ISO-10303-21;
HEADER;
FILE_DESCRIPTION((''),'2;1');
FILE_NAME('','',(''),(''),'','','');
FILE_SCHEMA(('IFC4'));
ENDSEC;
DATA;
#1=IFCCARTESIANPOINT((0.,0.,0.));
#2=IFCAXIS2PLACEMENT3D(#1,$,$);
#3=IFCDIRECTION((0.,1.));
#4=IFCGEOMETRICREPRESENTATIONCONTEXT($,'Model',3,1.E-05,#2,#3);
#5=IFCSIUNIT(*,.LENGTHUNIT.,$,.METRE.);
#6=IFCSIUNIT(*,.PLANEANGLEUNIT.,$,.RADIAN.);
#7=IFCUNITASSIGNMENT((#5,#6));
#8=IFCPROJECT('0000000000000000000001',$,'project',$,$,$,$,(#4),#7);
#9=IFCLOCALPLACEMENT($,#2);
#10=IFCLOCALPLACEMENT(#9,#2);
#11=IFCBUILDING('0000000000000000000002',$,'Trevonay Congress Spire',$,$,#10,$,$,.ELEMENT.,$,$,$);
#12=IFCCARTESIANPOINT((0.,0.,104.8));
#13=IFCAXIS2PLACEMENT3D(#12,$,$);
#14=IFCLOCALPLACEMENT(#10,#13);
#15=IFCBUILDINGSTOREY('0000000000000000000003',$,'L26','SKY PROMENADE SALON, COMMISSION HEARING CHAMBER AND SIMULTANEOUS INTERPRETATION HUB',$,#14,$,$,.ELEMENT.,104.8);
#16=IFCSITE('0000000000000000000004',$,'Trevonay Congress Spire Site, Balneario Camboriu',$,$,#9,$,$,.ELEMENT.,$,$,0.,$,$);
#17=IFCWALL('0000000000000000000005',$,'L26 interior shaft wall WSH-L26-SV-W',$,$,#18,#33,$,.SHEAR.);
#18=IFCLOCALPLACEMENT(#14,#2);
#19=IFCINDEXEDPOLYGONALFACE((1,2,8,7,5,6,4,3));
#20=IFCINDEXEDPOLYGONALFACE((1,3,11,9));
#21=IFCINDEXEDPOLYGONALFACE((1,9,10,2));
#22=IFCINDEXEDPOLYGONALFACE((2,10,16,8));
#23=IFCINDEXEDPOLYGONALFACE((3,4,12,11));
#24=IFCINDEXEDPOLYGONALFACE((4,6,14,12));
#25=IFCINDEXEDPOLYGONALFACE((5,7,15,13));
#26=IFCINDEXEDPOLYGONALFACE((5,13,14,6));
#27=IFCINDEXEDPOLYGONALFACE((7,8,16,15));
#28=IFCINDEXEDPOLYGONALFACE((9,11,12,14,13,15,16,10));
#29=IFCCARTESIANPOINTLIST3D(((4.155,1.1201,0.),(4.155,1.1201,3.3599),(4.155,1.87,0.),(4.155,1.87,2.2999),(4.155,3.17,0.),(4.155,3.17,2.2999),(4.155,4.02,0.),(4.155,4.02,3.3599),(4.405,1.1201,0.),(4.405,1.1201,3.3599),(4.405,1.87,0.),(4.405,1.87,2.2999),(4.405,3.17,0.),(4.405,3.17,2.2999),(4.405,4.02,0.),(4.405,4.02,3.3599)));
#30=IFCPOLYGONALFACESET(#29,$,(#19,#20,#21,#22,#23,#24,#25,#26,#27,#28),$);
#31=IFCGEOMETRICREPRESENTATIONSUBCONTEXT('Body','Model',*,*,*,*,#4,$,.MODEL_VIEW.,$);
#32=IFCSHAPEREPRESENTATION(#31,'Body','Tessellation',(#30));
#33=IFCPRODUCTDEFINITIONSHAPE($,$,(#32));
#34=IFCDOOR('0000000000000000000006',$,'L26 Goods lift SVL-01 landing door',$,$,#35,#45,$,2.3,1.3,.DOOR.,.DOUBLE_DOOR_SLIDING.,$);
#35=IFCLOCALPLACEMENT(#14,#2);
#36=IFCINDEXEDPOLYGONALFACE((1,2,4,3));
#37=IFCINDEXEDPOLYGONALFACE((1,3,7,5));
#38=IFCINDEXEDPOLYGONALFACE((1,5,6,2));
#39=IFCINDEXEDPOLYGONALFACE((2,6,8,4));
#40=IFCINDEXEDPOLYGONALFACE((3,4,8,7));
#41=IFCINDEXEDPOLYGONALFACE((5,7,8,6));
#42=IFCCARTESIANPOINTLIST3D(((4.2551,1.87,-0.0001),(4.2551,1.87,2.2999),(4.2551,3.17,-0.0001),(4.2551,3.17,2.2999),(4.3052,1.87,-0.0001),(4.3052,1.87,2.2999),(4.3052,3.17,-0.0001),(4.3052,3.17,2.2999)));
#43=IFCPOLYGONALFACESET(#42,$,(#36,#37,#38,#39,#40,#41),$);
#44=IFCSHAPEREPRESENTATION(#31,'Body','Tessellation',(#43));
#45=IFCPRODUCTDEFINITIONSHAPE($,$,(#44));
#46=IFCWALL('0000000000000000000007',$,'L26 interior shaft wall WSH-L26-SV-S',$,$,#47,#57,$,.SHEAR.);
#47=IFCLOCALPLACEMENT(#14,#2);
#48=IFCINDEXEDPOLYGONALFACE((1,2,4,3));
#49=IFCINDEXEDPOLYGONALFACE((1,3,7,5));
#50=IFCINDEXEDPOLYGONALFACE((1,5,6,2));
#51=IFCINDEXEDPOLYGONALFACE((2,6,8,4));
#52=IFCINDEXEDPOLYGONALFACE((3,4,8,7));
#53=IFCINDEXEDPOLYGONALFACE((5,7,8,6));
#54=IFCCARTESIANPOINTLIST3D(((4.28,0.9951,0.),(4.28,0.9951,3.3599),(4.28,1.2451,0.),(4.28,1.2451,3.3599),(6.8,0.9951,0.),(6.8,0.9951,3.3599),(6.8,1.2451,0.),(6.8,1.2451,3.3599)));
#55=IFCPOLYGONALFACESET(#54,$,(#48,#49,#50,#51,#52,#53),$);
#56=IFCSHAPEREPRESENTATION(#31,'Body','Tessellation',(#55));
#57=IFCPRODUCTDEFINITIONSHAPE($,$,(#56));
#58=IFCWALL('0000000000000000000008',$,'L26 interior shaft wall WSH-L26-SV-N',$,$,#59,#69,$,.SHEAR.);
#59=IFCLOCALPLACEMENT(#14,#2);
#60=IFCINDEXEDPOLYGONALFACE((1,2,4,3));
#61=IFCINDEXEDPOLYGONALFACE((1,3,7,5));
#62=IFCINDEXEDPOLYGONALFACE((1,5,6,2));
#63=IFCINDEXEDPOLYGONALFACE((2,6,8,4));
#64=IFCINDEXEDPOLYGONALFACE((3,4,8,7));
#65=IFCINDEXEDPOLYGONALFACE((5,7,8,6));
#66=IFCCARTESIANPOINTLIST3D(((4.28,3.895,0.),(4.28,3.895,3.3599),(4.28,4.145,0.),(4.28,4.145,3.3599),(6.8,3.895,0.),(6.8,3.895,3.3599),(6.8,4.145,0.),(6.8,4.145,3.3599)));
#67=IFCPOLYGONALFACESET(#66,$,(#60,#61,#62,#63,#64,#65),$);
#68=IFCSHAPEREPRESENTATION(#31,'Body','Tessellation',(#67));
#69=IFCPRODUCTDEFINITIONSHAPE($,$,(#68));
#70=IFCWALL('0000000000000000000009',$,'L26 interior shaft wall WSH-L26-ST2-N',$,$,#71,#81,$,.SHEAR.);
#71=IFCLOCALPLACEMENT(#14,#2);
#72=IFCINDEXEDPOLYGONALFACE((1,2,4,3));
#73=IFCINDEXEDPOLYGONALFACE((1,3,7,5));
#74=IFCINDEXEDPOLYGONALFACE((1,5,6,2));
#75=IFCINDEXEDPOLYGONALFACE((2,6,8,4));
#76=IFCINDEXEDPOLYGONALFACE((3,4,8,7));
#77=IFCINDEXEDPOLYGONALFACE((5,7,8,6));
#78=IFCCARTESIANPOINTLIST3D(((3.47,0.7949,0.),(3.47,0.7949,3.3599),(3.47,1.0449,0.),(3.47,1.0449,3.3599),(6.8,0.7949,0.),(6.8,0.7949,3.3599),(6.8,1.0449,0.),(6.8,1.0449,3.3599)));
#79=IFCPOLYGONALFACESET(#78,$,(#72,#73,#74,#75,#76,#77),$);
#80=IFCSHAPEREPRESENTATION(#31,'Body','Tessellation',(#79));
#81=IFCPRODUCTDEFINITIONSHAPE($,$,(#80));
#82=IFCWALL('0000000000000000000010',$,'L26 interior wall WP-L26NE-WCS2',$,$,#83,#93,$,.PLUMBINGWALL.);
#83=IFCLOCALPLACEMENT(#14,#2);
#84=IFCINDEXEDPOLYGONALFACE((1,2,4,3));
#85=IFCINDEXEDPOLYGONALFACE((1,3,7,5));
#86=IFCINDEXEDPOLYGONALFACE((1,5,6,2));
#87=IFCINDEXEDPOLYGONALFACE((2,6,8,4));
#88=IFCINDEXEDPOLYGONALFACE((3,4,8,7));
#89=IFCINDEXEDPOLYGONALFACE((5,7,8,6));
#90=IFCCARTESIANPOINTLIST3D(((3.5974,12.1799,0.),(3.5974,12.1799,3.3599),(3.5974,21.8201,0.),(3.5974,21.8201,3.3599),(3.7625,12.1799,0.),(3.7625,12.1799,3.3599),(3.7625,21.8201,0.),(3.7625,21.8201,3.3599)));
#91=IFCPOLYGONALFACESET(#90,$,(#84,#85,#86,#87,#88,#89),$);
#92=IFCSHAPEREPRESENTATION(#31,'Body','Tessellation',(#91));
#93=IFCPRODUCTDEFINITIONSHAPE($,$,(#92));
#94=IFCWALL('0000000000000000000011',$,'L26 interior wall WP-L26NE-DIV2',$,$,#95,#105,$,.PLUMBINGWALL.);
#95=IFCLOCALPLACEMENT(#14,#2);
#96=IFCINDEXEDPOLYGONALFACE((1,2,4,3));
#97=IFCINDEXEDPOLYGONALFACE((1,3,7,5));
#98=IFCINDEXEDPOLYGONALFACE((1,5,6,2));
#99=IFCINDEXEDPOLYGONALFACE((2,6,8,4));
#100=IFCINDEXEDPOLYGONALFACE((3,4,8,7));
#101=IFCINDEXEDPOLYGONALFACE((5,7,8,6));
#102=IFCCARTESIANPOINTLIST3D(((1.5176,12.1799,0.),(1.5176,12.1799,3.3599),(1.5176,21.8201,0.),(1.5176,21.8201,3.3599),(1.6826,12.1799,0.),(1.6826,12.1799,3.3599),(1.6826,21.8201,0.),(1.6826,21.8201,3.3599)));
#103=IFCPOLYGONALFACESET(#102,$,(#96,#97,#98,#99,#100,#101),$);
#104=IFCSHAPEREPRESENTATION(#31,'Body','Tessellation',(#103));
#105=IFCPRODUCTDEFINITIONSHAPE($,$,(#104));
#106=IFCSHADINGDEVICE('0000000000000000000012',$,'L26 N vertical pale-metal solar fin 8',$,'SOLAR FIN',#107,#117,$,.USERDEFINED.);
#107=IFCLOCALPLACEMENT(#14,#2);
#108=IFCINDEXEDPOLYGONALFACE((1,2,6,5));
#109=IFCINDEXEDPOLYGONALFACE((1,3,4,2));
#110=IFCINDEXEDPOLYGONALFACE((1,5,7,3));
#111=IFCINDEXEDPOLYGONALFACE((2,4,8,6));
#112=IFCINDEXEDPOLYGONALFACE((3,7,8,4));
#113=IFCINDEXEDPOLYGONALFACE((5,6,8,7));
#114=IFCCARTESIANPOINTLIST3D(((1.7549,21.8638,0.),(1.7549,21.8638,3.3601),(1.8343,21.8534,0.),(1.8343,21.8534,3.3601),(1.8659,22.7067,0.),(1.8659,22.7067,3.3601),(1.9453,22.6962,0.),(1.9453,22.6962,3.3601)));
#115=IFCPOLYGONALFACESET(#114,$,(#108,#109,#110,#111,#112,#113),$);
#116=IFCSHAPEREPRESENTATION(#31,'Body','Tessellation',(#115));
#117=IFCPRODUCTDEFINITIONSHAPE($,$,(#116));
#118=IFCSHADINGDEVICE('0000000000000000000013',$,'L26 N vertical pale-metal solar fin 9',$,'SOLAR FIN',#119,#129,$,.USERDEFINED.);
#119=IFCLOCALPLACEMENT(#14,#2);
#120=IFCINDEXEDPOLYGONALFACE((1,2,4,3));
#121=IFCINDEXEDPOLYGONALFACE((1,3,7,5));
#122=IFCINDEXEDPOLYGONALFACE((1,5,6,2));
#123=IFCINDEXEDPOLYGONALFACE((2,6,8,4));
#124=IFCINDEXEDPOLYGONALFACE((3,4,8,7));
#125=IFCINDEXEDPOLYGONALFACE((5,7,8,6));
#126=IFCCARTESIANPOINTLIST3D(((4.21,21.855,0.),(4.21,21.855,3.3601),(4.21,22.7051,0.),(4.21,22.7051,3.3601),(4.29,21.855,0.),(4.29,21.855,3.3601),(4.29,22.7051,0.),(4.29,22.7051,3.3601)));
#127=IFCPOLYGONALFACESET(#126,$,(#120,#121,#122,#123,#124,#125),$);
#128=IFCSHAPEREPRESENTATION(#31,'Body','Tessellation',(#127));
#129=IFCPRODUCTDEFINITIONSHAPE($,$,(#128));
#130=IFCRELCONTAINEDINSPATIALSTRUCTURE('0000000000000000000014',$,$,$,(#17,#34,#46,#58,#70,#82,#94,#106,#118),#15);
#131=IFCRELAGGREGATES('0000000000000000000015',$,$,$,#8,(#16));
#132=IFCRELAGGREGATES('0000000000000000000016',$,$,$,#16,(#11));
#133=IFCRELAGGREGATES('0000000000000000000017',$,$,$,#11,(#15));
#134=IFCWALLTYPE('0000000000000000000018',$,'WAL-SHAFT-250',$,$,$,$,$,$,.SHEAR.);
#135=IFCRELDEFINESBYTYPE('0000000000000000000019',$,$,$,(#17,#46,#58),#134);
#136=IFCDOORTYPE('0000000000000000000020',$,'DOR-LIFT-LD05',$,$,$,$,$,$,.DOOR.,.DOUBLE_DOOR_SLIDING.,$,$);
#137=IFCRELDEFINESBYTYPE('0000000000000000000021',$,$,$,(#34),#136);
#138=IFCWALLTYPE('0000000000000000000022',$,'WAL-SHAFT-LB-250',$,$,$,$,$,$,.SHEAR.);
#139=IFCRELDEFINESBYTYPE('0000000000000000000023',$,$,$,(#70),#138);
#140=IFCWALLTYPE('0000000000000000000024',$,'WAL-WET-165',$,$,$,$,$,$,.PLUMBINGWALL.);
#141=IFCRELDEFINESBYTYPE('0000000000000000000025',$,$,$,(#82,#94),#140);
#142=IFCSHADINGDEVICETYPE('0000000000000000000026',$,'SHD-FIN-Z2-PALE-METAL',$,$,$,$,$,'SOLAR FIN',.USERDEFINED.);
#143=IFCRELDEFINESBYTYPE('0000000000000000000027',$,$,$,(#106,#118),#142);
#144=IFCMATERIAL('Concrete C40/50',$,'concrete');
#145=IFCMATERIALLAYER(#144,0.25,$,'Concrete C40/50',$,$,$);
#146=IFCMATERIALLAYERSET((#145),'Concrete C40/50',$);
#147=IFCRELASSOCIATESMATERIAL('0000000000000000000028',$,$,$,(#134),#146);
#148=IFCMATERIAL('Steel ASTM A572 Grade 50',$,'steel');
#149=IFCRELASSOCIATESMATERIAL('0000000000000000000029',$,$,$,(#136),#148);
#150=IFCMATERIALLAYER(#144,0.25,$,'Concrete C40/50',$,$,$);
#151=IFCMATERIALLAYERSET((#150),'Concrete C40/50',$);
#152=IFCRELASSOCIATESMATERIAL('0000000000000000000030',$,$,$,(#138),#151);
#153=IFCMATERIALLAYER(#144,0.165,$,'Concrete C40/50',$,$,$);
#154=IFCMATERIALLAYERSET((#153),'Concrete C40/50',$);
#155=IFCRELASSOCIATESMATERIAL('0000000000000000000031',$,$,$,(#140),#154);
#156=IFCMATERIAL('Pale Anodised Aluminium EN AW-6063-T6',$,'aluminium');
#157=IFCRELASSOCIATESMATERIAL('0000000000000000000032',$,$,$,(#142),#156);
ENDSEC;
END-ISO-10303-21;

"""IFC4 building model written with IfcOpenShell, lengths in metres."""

from ifc_helpers import new_model, si_unit, direction, frame, frame_2d, origin, origin_2d, place, context, subcontext, project, spatial, rectangle, extrude, material, layer, layer_set, type_object, element, fill, save


model = new_model("IFC4")

# Units and contexts
model_context = context("Model", 3, precision=1e-05, world=origin(), true_north=direction((0.0, 1.0)))
body_context = subcontext(model_context, "Body", "Model", "MODEL_VIEW")
ifc_project = project(units=[si_unit("LENGTHUNIT", "METRE"), si_unit("PLANEANGLEUNIT", "RADIAN")], contexts=[model_context])

# Site, building, storey
site_placement = place(None, origin())
site = spatial("IfcSite", under=ifc_project, at=site_placement, Name="Trevonay Congress Spire Site, Balneario Camboriu", CompositionType="ELEMENT", RefElevation=0.0)
building_placement = place(site_placement, origin())
building = spatial("IfcBuilding", under=site, at=building_placement, Name="Trevonay Congress Spire", CompositionType="ELEMENT")
storey_placement = place(building_placement, frame((0.0, 0.0, 104.8)))
storey = spatial("IfcBuildingStorey", under=building, at=storey_placement, Name="L26", Description="SKY PROMENADE SALON, COMMISSION HEARING CHAMBER AND SIMULTANEOUS INTERPRETATION HUB", CompositionType="ELEMENT", Elevation=104.8)

# Shared definitions
ifc_material_1 = material(Name="Steel ASTM A572 Grade 50", Category="steel")

# Shared definitions
ifc_material_2 = material(Name="Pale Anodised Aluminium EN AW-6063-T6", Category="aluminium")

# Shared definitions
ifc_material_3 = material(Name="Concrete C40/50", Category="concrete")
ifc_layer_1 = layer(ifc_material_3, 0.25, Name="Concrete C40/50")
ifc_layer_set_1 = layer_set([ifc_layer_1], Name="Concrete C40/50")
wall_type_1 = type_object("IfcWallType", Name="WAL-SHAFT-250", PredefinedType="SHEAR", material=ifc_layer_set_1)

# Wall, opening, door
wall_1_placement = place(storey_placement, frame((4.28, 1.1201, 0.0), z_axis=(0.0, 0.0, 1.0), x_axis=(0.0, 1.0, 0.0)))
wall_1 = element("IfcWall", 1, at=wall_1_placement, inside=storey, type_object=wall_type_1, Name="L26 interior shaft wall WSH-L26-SV-W", PredefinedType="SHEAR", context=body_context, shape_type="SweptSolid", body=[
    extrude(rectangle(XDim=2.8999, YDim=0.25, at=frame_2d((1.45, 0.0))), origin(), (0.0, 0.0, 1.0), 3.3599),
])
opening_1_placement = place(wall_1_placement, frame((0.75, 0.0, 0.0)))
opening_1 = element("IfcOpeningElement", 2, at=opening_1_placement, cuts=wall_1, PredefinedType="OPENING", context=body_context, shape_type="SweptSolid", body=[
    extrude(rectangle(XDim=1.3, YDim=2.3, at=frame_2d((0.6499, 1.1499))), frame((0.0, 0.135, 0.0), z_axis=(0.0, -1.0, 0.0), x_axis=(1.0, 0.0, 0.0)), (0.0, 0.0, 1.0), 0.27),
])
door_type_1 = type_object("IfcDoorType", Name="DOR-LIFT-LD05", OperationType="DOUBLE_DOOR_SLIDING", PredefinedType="DOOR", material=ifc_material_1)
door_1_placement = place(opening_1_placement, origin())
door_1 = element("IfcDoor", 3, at=door_1_placement, inside=storey, type_object=door_type_1, Name="L26 Goods lift SVL-01 landing door", OperationType="DOUBLE_DOOR_SLIDING", OverallHeight=2.3, OverallWidth=1.3, PredefinedType="DOOR", context=body_context, shape_type="SweptSolid", body=[
    extrude(rectangle(XDim=1.3, YDim=2.3, at=frame_2d((0.6499, 1.1499))), frame((0.0, 0.0249, 0.0), z_axis=(0.0, -1.0, 0.0), x_axis=(1.0, 0.0, 0.0)), (0.0, 0.0, 1.0), 0.05),
])
fill(opening_1, door_1)

# Walls
for number, where, z_axis, x_axis, name in (
    (4, (4.28, 1.1201, 0.0), (0.0, 0.0, 1.0), (1.0, 0.0, 0.0), "L26 interior shaft wall WSH-L26-SV-S"),
    (5, (4.28, 4.02, 0.0), (0.0, 0.0, 1.0), (1.0, 0.0, 0.0), "L26 interior shaft wall WSH-L26-SV-N"),
):
    element("IfcWall", number, at=place(storey_placement, frame(where, z_axis=z_axis, x_axis=x_axis)), inside=storey, type_object=wall_type_1, Name=name, PredefinedType="SHEAR", context=body_context, shape_type="SweptSolid", body=[
        extrude(rectangle(XDim=2.52, YDim=0.25, at=frame_2d((1.26, 0.0))), origin(), (0.0, 0.0, 1.0), 3.3599),
    ])
ifc_layer_2 = layer(ifc_material_3, 0.25, Name="Concrete C40/50")
ifc_layer_set_2 = layer_set([ifc_layer_2], Name="Concrete C40/50")
wall_type_2 = type_object("IfcWallType", Name="WAL-SHAFT-LB-250", PredefinedType="SHEAR", material=ifc_layer_set_2)
wall_2_placement = place(storey_placement, frame((3.47, 0.9199, 0.0), z_axis=(0.0, 0.0, 1.0), x_axis=(1.0, 0.0, 0.0)))
element("IfcWall", 6, at=wall_2_placement, inside=storey, type_object=wall_type_2, Name="L26 interior shaft wall WSH-L26-ST2-N", PredefinedType="SHEAR", context=body_context, shape_type="SweptSolid", body=[
    extrude(rectangle(XDim=3.3301, YDim=0.25, at=frame_2d((1.665, 0.0))), origin(), (0.0, 0.0, 1.0), 3.3599),
])
ifc_layer_3 = layer(ifc_material_3, 0.165, Name="Concrete C40/50")
ifc_layer_set_3 = layer_set([ifc_layer_3], Name="Concrete C40/50")
wall_type_3 = type_object("IfcWallType", Name="WAL-WET-165", PredefinedType="PLUMBINGWALL", material=ifc_layer_set_3)
for number, where, z_axis, x_axis, name in (
    (7, (3.6799, 12.1799, 0.0), (0.0, 0.0, 1.0), (0.0, 1.0, 0.0), "L26 interior wall WP-L26NE-WCS2"),
    (8, (1.6001, 12.1799, 0.0), (0.0, 0.0, 1.0), (0.0, 1.0, 0.0), "L26 interior wall WP-L26NE-DIV2"),
):
    element("IfcWall", number, at=place(storey_placement, frame(where, z_axis=z_axis, x_axis=x_axis)), inside=storey, type_object=wall_type_3, Name=name, PredefinedType="PLUMBINGWALL", context=body_context, shape_type="SweptSolid", body=[
        extrude(rectangle(XDim=9.6401, YDim=0.165, at=frame_2d((4.8201, 0.0))), origin(), (0.0, 0.0, 1.0), 3.3599),
    ])

# Shading devices
shading_device_type = type_object("IfcShadingDeviceType", Name="SHD-FIN-Z2-PALE-METAL", ElementType="SOLAR FIN", PredefinedType="USERDEFINED", material=ifc_material_2)
for number, where, z_axis, x_axis, name in (
    (9, (1.8501, 22.28, 0.0), (0.0, 0.0, 1.0), (0.991445, -0.130526, 0.0), "L26 N vertical pale-metal solar fin 8"),
    (10, (4.25, 22.28, 0.0), (0.0, 0.0, 1.0), (1.0, 0.0, 0.0), "L26 N vertical pale-metal solar fin 9"),
):
    element("IfcShadingDevice", number, at=place(storey_placement, frame(where, z_axis=z_axis, x_axis=x_axis)), inside=storey, type_object=shading_device_type, Name=name, ObjectType="SOLAR FIN", PredefinedType="USERDEFINED", context=body_context, shape_type="SweptSolid", body=[
        extrude(rectangle(XDim=0.0801, YDim=0.8501, at=origin_2d()), origin(), (0.0, 0.0, 1.0), 3.3601),
    ])

save(model, "model.ifc")
